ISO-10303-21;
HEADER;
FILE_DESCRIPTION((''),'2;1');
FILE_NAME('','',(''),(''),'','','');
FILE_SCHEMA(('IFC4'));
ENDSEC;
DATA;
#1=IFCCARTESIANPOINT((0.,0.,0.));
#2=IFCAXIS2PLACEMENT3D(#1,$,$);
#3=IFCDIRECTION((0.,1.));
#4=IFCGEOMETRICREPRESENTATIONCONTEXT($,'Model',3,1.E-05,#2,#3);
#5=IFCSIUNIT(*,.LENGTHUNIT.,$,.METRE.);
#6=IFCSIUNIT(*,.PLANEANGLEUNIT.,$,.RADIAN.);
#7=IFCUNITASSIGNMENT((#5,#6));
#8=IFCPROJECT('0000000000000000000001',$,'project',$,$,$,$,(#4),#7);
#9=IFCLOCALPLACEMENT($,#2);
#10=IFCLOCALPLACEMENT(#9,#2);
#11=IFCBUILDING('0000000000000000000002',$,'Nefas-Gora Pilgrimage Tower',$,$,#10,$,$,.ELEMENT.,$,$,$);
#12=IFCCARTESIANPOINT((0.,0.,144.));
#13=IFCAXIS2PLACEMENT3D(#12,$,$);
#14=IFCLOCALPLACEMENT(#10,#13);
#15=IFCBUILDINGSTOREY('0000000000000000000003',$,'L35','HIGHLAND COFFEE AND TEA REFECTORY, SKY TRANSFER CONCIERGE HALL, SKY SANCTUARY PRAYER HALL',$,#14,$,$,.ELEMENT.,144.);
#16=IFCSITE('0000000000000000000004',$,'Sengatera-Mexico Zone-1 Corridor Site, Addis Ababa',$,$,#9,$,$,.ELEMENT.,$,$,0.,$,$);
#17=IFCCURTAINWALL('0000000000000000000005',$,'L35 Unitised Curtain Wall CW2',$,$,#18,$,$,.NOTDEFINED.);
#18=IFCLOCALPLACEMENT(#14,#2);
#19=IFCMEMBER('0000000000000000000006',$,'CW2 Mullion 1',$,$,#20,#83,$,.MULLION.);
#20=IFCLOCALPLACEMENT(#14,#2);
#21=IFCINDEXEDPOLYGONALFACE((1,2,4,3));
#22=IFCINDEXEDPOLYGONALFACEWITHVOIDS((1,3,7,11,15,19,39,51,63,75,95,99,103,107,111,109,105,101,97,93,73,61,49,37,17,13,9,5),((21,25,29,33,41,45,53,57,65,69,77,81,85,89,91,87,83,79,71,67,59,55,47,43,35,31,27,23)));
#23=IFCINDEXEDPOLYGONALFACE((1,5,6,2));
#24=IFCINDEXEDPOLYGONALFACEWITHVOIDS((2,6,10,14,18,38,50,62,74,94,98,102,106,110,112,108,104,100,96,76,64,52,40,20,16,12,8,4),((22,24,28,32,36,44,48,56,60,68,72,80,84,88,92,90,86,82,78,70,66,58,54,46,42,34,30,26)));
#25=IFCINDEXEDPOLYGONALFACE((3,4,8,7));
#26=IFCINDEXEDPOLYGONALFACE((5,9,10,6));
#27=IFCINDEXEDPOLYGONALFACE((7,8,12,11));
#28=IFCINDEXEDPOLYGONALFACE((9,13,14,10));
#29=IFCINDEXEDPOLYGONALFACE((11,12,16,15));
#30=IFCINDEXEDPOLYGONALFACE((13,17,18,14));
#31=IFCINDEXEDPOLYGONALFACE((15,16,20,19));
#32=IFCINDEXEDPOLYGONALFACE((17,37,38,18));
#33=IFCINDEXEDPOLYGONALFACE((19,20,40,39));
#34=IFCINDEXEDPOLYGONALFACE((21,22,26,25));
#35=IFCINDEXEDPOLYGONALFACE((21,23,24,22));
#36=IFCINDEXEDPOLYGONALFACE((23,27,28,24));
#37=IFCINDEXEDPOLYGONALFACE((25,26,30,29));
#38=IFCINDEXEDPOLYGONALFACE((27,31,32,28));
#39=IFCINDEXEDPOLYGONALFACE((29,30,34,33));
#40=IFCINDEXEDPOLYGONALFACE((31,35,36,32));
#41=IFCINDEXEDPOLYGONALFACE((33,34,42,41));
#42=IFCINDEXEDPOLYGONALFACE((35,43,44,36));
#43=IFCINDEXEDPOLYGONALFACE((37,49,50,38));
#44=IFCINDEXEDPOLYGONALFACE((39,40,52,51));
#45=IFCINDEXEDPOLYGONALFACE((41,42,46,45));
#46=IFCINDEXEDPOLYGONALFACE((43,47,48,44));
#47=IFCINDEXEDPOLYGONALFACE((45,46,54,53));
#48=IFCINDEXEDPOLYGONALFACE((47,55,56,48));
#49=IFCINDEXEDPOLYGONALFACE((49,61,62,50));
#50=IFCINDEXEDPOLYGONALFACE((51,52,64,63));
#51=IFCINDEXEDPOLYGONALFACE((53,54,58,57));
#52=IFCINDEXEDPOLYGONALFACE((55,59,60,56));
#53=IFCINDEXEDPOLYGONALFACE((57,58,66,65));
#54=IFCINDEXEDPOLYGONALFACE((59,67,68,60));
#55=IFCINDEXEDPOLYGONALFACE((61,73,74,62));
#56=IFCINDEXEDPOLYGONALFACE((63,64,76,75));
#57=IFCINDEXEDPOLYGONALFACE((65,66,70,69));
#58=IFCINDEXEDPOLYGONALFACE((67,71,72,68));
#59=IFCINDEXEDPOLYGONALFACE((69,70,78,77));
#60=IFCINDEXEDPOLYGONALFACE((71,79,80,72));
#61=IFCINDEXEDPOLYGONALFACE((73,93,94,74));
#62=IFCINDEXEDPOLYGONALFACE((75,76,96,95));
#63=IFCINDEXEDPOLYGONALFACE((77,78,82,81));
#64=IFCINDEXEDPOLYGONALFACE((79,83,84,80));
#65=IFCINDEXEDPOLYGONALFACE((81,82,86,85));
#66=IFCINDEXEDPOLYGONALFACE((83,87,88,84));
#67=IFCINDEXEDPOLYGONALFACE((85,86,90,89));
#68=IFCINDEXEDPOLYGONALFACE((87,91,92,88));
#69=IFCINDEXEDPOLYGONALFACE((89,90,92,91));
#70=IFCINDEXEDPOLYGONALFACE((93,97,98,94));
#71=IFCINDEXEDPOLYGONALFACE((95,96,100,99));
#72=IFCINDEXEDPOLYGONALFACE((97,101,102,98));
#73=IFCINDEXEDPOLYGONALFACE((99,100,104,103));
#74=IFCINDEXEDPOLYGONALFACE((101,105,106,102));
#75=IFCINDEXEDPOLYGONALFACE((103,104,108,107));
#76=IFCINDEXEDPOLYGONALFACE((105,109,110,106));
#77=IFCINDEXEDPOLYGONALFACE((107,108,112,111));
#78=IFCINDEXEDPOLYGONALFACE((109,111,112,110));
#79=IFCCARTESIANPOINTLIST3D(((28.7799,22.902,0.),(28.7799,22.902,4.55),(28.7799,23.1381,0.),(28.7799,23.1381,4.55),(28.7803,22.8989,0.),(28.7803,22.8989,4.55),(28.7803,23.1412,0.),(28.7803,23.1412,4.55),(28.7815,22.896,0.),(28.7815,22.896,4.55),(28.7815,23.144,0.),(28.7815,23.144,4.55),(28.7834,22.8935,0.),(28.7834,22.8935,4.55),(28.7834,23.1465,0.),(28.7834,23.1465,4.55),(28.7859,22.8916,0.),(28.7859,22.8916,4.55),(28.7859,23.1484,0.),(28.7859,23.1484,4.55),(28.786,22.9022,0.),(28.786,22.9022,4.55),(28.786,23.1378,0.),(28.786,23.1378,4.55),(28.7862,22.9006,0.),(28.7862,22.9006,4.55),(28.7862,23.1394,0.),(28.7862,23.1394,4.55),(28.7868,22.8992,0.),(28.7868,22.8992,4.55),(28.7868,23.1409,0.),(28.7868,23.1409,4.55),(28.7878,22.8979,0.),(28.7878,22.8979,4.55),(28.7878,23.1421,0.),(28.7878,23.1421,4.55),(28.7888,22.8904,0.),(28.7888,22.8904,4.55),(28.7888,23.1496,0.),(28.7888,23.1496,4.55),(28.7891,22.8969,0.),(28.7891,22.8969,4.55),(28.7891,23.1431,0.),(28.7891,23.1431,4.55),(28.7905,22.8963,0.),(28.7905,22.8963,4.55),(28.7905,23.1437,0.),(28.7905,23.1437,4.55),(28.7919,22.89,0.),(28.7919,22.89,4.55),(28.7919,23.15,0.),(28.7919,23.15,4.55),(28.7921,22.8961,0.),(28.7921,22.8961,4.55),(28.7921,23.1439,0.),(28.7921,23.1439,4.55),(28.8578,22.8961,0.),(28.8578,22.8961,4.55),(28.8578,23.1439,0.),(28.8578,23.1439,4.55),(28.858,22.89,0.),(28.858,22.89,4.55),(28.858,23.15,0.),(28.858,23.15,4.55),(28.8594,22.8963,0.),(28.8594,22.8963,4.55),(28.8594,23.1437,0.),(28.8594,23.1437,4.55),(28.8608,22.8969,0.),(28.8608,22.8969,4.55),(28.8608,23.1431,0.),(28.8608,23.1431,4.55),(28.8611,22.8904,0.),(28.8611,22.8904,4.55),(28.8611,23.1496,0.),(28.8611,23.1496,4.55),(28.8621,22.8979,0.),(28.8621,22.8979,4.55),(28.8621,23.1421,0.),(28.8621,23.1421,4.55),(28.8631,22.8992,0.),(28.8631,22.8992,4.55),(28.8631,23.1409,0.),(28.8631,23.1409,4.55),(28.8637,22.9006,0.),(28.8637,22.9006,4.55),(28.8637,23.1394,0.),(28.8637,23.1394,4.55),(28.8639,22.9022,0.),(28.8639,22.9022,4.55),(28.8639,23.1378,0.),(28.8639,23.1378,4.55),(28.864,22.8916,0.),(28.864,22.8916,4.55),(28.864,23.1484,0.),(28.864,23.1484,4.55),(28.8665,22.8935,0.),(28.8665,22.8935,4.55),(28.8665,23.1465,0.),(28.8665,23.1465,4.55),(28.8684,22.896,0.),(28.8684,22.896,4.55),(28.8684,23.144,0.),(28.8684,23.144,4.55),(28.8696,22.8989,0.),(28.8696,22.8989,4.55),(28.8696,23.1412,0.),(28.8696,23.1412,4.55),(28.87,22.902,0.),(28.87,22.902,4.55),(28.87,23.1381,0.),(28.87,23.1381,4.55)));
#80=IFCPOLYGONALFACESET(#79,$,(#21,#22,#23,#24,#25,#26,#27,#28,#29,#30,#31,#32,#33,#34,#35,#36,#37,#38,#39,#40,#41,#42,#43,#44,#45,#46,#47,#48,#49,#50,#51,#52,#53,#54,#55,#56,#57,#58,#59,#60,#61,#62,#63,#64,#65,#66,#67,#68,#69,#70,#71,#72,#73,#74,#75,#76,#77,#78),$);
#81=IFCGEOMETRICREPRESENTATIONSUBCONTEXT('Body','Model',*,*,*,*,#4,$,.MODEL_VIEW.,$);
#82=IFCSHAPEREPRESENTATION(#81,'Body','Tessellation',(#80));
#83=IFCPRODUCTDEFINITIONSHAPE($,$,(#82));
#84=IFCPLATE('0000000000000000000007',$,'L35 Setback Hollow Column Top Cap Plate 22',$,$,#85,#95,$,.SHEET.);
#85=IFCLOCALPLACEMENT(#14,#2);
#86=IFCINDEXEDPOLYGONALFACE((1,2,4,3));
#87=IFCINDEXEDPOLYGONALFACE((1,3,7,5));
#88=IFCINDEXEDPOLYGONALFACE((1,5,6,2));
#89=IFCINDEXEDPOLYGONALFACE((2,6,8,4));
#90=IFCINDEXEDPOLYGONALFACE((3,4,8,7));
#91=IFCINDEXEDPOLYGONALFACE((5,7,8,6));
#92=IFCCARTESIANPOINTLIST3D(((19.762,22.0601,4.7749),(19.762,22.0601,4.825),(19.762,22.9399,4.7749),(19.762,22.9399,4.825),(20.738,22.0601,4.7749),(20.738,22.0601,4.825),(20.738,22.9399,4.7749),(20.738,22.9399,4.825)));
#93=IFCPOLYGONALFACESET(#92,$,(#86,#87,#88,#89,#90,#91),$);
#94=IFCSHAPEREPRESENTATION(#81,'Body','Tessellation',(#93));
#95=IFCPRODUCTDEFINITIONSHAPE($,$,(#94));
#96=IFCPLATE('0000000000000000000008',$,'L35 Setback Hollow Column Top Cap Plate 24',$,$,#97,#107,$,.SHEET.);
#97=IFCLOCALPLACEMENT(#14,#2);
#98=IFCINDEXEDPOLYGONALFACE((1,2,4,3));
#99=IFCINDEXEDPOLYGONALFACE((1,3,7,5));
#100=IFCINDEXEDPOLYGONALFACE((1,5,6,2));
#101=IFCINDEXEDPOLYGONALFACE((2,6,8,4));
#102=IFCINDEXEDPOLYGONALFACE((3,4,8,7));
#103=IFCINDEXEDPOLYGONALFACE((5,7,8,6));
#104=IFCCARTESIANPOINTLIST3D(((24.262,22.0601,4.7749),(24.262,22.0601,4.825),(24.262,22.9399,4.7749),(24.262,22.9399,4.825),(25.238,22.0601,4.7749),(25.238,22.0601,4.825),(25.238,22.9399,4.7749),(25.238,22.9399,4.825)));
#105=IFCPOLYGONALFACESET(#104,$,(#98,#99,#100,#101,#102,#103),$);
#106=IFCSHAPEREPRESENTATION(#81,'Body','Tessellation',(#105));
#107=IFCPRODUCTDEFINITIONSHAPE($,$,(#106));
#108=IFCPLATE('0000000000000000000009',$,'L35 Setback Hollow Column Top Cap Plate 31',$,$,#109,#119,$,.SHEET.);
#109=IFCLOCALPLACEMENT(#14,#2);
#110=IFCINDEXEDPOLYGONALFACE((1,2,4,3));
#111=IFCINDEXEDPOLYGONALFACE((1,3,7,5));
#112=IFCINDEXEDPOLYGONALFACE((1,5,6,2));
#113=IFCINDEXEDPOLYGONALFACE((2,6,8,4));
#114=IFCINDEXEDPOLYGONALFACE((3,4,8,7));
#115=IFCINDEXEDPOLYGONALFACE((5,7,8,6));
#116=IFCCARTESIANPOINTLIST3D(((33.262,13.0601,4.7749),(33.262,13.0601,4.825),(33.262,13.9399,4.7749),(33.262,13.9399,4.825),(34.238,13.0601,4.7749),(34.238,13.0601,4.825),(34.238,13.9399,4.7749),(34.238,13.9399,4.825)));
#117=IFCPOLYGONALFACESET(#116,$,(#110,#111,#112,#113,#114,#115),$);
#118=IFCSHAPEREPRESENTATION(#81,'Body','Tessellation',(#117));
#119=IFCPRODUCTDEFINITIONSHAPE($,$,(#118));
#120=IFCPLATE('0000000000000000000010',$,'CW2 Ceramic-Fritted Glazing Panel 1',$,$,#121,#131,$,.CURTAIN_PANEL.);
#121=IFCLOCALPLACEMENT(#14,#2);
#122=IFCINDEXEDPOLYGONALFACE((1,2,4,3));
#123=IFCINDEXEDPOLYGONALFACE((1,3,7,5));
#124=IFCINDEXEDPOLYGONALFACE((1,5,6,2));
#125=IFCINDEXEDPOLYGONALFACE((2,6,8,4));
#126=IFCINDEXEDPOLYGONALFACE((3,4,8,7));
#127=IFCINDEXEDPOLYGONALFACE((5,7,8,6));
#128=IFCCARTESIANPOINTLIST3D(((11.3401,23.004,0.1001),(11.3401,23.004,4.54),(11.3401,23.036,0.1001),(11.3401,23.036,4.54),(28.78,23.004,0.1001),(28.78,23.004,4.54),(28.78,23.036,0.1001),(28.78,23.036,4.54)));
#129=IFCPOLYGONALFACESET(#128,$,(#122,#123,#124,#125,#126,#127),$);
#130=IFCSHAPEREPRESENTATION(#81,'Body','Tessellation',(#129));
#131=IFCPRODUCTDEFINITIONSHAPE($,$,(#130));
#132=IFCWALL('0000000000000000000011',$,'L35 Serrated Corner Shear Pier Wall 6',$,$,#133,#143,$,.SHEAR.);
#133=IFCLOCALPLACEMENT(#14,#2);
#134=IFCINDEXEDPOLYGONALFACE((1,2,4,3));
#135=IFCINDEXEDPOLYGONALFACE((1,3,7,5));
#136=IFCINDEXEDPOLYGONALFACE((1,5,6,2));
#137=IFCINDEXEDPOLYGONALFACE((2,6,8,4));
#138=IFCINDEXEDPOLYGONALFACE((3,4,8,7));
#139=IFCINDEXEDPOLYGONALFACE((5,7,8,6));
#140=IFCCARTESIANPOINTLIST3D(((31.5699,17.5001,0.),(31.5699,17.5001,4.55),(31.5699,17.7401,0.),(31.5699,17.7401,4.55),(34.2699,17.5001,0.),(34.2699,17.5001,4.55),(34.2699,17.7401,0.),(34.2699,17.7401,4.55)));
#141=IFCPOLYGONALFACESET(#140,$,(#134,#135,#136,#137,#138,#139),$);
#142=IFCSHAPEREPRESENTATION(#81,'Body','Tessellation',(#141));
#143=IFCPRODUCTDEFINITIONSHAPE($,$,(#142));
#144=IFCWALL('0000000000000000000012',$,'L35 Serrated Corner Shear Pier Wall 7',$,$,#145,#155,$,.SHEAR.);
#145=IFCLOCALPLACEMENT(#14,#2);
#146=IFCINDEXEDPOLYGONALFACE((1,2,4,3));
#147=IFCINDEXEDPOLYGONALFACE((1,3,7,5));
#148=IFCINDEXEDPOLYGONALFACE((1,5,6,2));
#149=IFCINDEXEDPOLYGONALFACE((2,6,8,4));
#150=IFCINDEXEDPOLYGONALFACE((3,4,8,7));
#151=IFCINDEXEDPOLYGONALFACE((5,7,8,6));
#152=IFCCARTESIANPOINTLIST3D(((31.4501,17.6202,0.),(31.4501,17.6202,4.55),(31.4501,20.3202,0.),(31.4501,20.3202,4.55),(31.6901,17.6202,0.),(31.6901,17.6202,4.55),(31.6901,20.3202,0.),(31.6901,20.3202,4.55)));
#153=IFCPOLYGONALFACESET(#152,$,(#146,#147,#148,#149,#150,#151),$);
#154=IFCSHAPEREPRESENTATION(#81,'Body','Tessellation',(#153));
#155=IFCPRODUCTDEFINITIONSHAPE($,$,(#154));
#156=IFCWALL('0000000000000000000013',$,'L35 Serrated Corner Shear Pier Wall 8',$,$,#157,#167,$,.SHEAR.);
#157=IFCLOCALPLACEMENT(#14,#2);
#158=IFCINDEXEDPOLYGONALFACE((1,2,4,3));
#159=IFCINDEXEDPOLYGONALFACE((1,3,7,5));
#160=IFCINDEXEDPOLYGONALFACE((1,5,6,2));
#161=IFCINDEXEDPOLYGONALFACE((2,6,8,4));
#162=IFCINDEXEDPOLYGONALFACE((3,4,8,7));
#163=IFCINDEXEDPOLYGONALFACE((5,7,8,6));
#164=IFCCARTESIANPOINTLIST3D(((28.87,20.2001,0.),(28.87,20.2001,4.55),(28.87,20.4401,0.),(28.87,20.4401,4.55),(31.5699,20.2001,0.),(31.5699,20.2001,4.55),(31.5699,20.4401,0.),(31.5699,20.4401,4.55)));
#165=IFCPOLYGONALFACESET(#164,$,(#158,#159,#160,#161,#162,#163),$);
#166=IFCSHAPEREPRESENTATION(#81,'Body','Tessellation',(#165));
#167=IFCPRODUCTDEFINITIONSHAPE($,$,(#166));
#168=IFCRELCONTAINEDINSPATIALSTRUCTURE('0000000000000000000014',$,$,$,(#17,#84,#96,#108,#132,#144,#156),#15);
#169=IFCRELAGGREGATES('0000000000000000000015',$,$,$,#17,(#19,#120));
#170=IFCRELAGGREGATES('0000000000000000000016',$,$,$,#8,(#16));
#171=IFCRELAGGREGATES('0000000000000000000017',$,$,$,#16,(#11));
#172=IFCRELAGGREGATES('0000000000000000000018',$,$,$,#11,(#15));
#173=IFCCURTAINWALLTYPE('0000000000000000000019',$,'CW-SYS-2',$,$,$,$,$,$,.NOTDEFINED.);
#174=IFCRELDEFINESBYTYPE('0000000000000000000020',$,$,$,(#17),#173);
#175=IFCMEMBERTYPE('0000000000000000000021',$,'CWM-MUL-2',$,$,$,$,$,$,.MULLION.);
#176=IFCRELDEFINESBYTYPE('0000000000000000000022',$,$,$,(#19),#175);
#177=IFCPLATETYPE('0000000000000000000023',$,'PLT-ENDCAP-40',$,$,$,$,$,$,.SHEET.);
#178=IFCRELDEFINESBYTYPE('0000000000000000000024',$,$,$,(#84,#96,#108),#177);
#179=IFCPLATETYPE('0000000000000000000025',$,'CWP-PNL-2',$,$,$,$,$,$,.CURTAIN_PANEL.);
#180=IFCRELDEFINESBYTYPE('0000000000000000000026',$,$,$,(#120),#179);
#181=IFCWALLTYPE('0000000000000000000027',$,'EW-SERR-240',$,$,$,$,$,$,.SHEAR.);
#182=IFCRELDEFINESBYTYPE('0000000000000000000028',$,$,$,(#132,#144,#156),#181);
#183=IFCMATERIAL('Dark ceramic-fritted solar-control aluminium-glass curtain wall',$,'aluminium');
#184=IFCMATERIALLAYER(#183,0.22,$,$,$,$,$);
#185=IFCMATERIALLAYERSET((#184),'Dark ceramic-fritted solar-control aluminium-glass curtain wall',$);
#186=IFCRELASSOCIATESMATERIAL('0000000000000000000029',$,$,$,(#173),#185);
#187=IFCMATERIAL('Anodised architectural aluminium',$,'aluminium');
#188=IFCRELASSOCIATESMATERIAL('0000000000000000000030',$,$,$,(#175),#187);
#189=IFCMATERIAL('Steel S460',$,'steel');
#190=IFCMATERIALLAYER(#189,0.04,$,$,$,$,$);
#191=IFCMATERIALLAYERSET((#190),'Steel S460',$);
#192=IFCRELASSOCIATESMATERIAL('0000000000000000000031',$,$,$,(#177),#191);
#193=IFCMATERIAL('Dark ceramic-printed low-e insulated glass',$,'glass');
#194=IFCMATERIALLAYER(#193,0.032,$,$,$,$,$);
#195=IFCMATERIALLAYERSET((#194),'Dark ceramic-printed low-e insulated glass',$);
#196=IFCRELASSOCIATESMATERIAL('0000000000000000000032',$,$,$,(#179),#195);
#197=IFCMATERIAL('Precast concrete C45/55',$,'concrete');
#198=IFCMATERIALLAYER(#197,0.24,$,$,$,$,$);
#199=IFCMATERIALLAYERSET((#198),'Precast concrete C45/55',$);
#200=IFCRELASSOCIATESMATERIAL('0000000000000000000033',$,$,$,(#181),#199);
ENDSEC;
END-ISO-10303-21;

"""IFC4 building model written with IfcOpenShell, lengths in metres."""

from ifc_helpers import new_model, si_unit, direction, frame, frame_2d, origin, origin_2d, place, context, subcontext, project, spatial, rectangle, hollow_rectangle, extrude, source, transform, mapped, material, layer, layer_set, material_profile, profile_set, type_object, element, aggregate, save


model = new_model("IFC4")

# Units and contexts
model_context = context("Model", 3, precision=1e-05, world=origin(), true_north=direction((0.0, 1.0)))
body_context = subcontext(model_context, "Body", "Model", "MODEL_VIEW")
ifc_project = project(units=[si_unit("LENGTHUNIT", "METRE"), si_unit("PLANEANGLEUNIT", "RADIAN")], contexts=[model_context])

# Site, building, storey
site_placement = place(None, origin())
site = spatial("IfcSite", under=ifc_project, at=site_placement, Name="Sengatera-Mexico Zone-1 Corridor Site, Addis Ababa", CompositionType="ELEMENT", RefElevation=0.0)
building_placement = place(site_placement, origin())
building = spatial("IfcBuilding", under=site, at=building_placement, Name="Nefas-Gora Pilgrimage Tower", CompositionType="ELEMENT")
storey_placement = place(building_placement, frame((0.0, 0.0, 144.0)))
storey = spatial("IfcBuildingStorey", under=building, at=storey_placement, Name="L35", Description="HIGHLAND COFFEE AND TEA REFECTORY, SKY TRANSFER CONCIERGE HALL, SKY SANCTUARY PRAYER HALL", CompositionType="ELEMENT", Elevation=144.0)

# Shared definitions
ifc_material_1 = material(Name="Steel S460", Category="steel")

# Curtain wall
ifc_material_2 = material(Name="Dark ceramic-fritted solar-control aluminium-glass curtain wall", Category="aluminium")
ifc_layer_1 = layer(ifc_material_2, 0.22)
ifc_layer_set_1 = layer_set([ifc_layer_1], Name="Dark ceramic-fritted solar-control aluminium-glass curtain wall")
curtain_wall_type = type_object("IfcCurtainWallType", Name="CW-SYS-2", PredefinedType="NOTDEFINED", material=ifc_layer_set_1)
curtain_wall_1_placement = place(storey_placement, origin())
curtain_wall_1 = element("IfcCurtainWall", 1, at=curtain_wall_1_placement, inside=storey, type_object=curtain_wall_type, Name="L35 Unitised Curtain Wall CW2", PredefinedType="NOTDEFINED")
ifc_material_3 = material(Name="Anodised architectural aluminium", Category="aluminium")
ifc_material_profile_1 = material_profile(ifc_material_3, hollow_rectangle(XDim=0.0901, YDim=0.26, WallThickness=0.0061, InnerFilletRadius=0.0061, OuterFilletRadius=0.012, at=origin_2d()), Name="ALU MULLION 90x260")
ifc_profile_set_1 = profile_set([ifc_material_profile_1], Name="Anodised architectural aluminium")
member_type_1 = type_object("IfcMemberType", Name="CWM-MUL-2", PredefinedType="MULLION", material=ifc_profile_set_1)
shared_shape_1 = source(origin(), body_context, "Body", "SweptSolid", [
    extrude(hollow_rectangle(XDim=0.0901, YDim=0.26, WallThickness=0.0061, InnerFilletRadius=0.0061, OuterFilletRadius=0.012, at=origin_2d()), origin(), (0.0, 0.0, 1.0), 4.55),
])

# Member
member_1_placement = place(storey_placement, frame((28.825, 23.02, 0.0), z_axis=(0.0, 0.0, 1.0), x_axis=(-1.0, 0.0, 0.0)))
member_1 = element("IfcMember", 2, at=member_1_placement, type_object=member_type_1, Name="CW2 Mullion 1", PredefinedType="MULLION", context=body_context, shape_type="MappedRepresentation", body=[
    mapped(shared_shape_1, transform((0.0, 0.0, 0.0), x_axis=(1.0, 0.0, 0.0), y_axis=(0.0, 1.0, 0.0), z_axis=(0.0, 0.0, 1.0), scale=1.0)),
])

# Plates
ifc_layer_2 = layer(ifc_material_1, 0.04)
ifc_layer_set_2 = layer_set([ifc_layer_2], Name="Steel S460")
plate_type_1 = type_object("IfcPlateType", Name="PLT-ENDCAP-40", PredefinedType="SHEET", material=ifc_layer_set_2)
shared_shape_2 = source(origin(), body_context, "Body", "SweptSolid", [
    extrude(rectangle(XDim=0.9761, YDim=0.8799, at=origin_2d()), origin(), (0.0, 0.0, 1.0), 0.05),
])
for number, where, z_axis, x_axis, name in (
    (3, (20.25, 22.5, 4.7749), (0.0, 0.0, 1.0), (1.0, 0.0, 0.0), "L35 Setback Hollow Column Top Cap Plate 22"),
    (4, (24.75, 22.5, 4.7749), (0.0, 0.0, 1.0), (1.0, 0.0, 0.0), "L35 Setback Hollow Column Top Cap Plate 24"),
    (5, (33.75, 13.5, 4.7749), (0.0, 0.0, 1.0), (1.0, 0.0, 0.0), "L35 Setback Hollow Column Top Cap Plate 31"),
):
    element("IfcPlate", number, at=place(storey_placement, frame(where, z_axis=z_axis, x_axis=x_axis)), inside=storey, type_object=plate_type_1, Name=name, PredefinedType="SHEET", context=body_context, shape_type="MappedRepresentation", body=[
        mapped(shared_shape_2, transform((0.0, 0.0, 0.0), x_axis=(1.0, 0.0, 0.0), y_axis=(0.0, 1.0, 0.0), z_axis=(0.0, 0.0, 1.0), scale=1.0)),
    ])

# Plate
ifc_material_4 = material(Name="Dark ceramic-printed low-e insulated glass", Category="glass")
ifc_layer_3 = layer(ifc_material_4, 0.032)
ifc_layer_set_3 = layer_set([ifc_layer_3], Name="Dark ceramic-printed low-e insulated glass")
plate_type_2 = type_object("IfcPlateType", Name="CWP-PNL-2", PredefinedType="CURTAIN_PANEL", material=ifc_layer_set_3)
shared_shape_3 = source(origin(), body_context, "Body", "SweptSolid", [
    extrude(rectangle(XDim=17.4399, YDim=0.032, at=origin_2d()), origin(), (0.0, 0.0, 1.0), 4.4399),
])
plate_placement = place(storey_placement, frame((20.0601, 23.02, 0.1001), z_axis=(0.0, 0.0, 1.0), x_axis=(-1.0, 0.0, 0.0)))
plate = element("IfcPlate", 6, at=plate_placement, type_object=plate_type_2, Name="CW2 Ceramic-Fritted Glazing Panel 1", PredefinedType="CURTAIN_PANEL", context=body_context, shape_type="MappedRepresentation", body=[
    mapped(shared_shape_3, transform((0.0, 0.0, 0.0), x_axis=(1.0, 0.0, 0.0), y_axis=(0.0, 1.0, 0.0), z_axis=(0.0, 0.0, 1.0), scale=1.0)),
])
aggregate(curtain_wall_1, [member_1, plate])

# Walls
ifc_material_5 = material(Name="Precast concrete C45/55", Category="concrete")
ifc_layer_4 = layer(ifc_material_5, 0.24)
ifc_layer_set_4 = layer_set([ifc_layer_4], Name="Precast concrete C45/55")
wall_type = type_object("IfcWallType", Name="EW-SERR-240", PredefinedType="SHEAR", material=ifc_layer_set_4)
shared_shape_4 = source(origin(), body_context, "Body", "SweptSolid", [
    extrude(rectangle(XDim=2.7, YDim=0.24, at=frame_2d((1.3501, 0.0))), origin(), (0.0, 0.0, 1.0), 4.55),
])
for number, where, z_axis, x_axis, name in (
    (7, (34.27, 17.6201, 0.0), (0.0, 0.0, 1.0), (-1.0, 0.0, 0.0), "L35 Serrated Corner Shear Pier Wall 6"),
    (8, (31.5701, 17.6201, 0.0), (0.0, 0.0, 1.0), (0.0, 1.0, 0.0), "L35 Serrated Corner Shear Pier Wall 7"),
    (9, (31.5701, 20.3201, 0.0), (0.0, 0.0, 1.0), (-1.0, 0.0, 0.0), "L35 Serrated Corner Shear Pier Wall 8"),
):
    element("IfcWall", number, at=place(storey_placement, frame(where, z_axis=z_axis, x_axis=x_axis)), inside=storey, type_object=wall_type, Name=name, PredefinedType="SHEAR", context=body_context, shape_type="MappedRepresentation", body=[
        mapped(shared_shape_4, transform((0.0, 0.0, 0.0), x_axis=(1.0, 0.0, 0.0), y_axis=(0.0, 1.0, 0.0), z_axis=(0.0, 0.0, 1.0), scale=1.0)),
    ])

save(model, "model.ifc")
